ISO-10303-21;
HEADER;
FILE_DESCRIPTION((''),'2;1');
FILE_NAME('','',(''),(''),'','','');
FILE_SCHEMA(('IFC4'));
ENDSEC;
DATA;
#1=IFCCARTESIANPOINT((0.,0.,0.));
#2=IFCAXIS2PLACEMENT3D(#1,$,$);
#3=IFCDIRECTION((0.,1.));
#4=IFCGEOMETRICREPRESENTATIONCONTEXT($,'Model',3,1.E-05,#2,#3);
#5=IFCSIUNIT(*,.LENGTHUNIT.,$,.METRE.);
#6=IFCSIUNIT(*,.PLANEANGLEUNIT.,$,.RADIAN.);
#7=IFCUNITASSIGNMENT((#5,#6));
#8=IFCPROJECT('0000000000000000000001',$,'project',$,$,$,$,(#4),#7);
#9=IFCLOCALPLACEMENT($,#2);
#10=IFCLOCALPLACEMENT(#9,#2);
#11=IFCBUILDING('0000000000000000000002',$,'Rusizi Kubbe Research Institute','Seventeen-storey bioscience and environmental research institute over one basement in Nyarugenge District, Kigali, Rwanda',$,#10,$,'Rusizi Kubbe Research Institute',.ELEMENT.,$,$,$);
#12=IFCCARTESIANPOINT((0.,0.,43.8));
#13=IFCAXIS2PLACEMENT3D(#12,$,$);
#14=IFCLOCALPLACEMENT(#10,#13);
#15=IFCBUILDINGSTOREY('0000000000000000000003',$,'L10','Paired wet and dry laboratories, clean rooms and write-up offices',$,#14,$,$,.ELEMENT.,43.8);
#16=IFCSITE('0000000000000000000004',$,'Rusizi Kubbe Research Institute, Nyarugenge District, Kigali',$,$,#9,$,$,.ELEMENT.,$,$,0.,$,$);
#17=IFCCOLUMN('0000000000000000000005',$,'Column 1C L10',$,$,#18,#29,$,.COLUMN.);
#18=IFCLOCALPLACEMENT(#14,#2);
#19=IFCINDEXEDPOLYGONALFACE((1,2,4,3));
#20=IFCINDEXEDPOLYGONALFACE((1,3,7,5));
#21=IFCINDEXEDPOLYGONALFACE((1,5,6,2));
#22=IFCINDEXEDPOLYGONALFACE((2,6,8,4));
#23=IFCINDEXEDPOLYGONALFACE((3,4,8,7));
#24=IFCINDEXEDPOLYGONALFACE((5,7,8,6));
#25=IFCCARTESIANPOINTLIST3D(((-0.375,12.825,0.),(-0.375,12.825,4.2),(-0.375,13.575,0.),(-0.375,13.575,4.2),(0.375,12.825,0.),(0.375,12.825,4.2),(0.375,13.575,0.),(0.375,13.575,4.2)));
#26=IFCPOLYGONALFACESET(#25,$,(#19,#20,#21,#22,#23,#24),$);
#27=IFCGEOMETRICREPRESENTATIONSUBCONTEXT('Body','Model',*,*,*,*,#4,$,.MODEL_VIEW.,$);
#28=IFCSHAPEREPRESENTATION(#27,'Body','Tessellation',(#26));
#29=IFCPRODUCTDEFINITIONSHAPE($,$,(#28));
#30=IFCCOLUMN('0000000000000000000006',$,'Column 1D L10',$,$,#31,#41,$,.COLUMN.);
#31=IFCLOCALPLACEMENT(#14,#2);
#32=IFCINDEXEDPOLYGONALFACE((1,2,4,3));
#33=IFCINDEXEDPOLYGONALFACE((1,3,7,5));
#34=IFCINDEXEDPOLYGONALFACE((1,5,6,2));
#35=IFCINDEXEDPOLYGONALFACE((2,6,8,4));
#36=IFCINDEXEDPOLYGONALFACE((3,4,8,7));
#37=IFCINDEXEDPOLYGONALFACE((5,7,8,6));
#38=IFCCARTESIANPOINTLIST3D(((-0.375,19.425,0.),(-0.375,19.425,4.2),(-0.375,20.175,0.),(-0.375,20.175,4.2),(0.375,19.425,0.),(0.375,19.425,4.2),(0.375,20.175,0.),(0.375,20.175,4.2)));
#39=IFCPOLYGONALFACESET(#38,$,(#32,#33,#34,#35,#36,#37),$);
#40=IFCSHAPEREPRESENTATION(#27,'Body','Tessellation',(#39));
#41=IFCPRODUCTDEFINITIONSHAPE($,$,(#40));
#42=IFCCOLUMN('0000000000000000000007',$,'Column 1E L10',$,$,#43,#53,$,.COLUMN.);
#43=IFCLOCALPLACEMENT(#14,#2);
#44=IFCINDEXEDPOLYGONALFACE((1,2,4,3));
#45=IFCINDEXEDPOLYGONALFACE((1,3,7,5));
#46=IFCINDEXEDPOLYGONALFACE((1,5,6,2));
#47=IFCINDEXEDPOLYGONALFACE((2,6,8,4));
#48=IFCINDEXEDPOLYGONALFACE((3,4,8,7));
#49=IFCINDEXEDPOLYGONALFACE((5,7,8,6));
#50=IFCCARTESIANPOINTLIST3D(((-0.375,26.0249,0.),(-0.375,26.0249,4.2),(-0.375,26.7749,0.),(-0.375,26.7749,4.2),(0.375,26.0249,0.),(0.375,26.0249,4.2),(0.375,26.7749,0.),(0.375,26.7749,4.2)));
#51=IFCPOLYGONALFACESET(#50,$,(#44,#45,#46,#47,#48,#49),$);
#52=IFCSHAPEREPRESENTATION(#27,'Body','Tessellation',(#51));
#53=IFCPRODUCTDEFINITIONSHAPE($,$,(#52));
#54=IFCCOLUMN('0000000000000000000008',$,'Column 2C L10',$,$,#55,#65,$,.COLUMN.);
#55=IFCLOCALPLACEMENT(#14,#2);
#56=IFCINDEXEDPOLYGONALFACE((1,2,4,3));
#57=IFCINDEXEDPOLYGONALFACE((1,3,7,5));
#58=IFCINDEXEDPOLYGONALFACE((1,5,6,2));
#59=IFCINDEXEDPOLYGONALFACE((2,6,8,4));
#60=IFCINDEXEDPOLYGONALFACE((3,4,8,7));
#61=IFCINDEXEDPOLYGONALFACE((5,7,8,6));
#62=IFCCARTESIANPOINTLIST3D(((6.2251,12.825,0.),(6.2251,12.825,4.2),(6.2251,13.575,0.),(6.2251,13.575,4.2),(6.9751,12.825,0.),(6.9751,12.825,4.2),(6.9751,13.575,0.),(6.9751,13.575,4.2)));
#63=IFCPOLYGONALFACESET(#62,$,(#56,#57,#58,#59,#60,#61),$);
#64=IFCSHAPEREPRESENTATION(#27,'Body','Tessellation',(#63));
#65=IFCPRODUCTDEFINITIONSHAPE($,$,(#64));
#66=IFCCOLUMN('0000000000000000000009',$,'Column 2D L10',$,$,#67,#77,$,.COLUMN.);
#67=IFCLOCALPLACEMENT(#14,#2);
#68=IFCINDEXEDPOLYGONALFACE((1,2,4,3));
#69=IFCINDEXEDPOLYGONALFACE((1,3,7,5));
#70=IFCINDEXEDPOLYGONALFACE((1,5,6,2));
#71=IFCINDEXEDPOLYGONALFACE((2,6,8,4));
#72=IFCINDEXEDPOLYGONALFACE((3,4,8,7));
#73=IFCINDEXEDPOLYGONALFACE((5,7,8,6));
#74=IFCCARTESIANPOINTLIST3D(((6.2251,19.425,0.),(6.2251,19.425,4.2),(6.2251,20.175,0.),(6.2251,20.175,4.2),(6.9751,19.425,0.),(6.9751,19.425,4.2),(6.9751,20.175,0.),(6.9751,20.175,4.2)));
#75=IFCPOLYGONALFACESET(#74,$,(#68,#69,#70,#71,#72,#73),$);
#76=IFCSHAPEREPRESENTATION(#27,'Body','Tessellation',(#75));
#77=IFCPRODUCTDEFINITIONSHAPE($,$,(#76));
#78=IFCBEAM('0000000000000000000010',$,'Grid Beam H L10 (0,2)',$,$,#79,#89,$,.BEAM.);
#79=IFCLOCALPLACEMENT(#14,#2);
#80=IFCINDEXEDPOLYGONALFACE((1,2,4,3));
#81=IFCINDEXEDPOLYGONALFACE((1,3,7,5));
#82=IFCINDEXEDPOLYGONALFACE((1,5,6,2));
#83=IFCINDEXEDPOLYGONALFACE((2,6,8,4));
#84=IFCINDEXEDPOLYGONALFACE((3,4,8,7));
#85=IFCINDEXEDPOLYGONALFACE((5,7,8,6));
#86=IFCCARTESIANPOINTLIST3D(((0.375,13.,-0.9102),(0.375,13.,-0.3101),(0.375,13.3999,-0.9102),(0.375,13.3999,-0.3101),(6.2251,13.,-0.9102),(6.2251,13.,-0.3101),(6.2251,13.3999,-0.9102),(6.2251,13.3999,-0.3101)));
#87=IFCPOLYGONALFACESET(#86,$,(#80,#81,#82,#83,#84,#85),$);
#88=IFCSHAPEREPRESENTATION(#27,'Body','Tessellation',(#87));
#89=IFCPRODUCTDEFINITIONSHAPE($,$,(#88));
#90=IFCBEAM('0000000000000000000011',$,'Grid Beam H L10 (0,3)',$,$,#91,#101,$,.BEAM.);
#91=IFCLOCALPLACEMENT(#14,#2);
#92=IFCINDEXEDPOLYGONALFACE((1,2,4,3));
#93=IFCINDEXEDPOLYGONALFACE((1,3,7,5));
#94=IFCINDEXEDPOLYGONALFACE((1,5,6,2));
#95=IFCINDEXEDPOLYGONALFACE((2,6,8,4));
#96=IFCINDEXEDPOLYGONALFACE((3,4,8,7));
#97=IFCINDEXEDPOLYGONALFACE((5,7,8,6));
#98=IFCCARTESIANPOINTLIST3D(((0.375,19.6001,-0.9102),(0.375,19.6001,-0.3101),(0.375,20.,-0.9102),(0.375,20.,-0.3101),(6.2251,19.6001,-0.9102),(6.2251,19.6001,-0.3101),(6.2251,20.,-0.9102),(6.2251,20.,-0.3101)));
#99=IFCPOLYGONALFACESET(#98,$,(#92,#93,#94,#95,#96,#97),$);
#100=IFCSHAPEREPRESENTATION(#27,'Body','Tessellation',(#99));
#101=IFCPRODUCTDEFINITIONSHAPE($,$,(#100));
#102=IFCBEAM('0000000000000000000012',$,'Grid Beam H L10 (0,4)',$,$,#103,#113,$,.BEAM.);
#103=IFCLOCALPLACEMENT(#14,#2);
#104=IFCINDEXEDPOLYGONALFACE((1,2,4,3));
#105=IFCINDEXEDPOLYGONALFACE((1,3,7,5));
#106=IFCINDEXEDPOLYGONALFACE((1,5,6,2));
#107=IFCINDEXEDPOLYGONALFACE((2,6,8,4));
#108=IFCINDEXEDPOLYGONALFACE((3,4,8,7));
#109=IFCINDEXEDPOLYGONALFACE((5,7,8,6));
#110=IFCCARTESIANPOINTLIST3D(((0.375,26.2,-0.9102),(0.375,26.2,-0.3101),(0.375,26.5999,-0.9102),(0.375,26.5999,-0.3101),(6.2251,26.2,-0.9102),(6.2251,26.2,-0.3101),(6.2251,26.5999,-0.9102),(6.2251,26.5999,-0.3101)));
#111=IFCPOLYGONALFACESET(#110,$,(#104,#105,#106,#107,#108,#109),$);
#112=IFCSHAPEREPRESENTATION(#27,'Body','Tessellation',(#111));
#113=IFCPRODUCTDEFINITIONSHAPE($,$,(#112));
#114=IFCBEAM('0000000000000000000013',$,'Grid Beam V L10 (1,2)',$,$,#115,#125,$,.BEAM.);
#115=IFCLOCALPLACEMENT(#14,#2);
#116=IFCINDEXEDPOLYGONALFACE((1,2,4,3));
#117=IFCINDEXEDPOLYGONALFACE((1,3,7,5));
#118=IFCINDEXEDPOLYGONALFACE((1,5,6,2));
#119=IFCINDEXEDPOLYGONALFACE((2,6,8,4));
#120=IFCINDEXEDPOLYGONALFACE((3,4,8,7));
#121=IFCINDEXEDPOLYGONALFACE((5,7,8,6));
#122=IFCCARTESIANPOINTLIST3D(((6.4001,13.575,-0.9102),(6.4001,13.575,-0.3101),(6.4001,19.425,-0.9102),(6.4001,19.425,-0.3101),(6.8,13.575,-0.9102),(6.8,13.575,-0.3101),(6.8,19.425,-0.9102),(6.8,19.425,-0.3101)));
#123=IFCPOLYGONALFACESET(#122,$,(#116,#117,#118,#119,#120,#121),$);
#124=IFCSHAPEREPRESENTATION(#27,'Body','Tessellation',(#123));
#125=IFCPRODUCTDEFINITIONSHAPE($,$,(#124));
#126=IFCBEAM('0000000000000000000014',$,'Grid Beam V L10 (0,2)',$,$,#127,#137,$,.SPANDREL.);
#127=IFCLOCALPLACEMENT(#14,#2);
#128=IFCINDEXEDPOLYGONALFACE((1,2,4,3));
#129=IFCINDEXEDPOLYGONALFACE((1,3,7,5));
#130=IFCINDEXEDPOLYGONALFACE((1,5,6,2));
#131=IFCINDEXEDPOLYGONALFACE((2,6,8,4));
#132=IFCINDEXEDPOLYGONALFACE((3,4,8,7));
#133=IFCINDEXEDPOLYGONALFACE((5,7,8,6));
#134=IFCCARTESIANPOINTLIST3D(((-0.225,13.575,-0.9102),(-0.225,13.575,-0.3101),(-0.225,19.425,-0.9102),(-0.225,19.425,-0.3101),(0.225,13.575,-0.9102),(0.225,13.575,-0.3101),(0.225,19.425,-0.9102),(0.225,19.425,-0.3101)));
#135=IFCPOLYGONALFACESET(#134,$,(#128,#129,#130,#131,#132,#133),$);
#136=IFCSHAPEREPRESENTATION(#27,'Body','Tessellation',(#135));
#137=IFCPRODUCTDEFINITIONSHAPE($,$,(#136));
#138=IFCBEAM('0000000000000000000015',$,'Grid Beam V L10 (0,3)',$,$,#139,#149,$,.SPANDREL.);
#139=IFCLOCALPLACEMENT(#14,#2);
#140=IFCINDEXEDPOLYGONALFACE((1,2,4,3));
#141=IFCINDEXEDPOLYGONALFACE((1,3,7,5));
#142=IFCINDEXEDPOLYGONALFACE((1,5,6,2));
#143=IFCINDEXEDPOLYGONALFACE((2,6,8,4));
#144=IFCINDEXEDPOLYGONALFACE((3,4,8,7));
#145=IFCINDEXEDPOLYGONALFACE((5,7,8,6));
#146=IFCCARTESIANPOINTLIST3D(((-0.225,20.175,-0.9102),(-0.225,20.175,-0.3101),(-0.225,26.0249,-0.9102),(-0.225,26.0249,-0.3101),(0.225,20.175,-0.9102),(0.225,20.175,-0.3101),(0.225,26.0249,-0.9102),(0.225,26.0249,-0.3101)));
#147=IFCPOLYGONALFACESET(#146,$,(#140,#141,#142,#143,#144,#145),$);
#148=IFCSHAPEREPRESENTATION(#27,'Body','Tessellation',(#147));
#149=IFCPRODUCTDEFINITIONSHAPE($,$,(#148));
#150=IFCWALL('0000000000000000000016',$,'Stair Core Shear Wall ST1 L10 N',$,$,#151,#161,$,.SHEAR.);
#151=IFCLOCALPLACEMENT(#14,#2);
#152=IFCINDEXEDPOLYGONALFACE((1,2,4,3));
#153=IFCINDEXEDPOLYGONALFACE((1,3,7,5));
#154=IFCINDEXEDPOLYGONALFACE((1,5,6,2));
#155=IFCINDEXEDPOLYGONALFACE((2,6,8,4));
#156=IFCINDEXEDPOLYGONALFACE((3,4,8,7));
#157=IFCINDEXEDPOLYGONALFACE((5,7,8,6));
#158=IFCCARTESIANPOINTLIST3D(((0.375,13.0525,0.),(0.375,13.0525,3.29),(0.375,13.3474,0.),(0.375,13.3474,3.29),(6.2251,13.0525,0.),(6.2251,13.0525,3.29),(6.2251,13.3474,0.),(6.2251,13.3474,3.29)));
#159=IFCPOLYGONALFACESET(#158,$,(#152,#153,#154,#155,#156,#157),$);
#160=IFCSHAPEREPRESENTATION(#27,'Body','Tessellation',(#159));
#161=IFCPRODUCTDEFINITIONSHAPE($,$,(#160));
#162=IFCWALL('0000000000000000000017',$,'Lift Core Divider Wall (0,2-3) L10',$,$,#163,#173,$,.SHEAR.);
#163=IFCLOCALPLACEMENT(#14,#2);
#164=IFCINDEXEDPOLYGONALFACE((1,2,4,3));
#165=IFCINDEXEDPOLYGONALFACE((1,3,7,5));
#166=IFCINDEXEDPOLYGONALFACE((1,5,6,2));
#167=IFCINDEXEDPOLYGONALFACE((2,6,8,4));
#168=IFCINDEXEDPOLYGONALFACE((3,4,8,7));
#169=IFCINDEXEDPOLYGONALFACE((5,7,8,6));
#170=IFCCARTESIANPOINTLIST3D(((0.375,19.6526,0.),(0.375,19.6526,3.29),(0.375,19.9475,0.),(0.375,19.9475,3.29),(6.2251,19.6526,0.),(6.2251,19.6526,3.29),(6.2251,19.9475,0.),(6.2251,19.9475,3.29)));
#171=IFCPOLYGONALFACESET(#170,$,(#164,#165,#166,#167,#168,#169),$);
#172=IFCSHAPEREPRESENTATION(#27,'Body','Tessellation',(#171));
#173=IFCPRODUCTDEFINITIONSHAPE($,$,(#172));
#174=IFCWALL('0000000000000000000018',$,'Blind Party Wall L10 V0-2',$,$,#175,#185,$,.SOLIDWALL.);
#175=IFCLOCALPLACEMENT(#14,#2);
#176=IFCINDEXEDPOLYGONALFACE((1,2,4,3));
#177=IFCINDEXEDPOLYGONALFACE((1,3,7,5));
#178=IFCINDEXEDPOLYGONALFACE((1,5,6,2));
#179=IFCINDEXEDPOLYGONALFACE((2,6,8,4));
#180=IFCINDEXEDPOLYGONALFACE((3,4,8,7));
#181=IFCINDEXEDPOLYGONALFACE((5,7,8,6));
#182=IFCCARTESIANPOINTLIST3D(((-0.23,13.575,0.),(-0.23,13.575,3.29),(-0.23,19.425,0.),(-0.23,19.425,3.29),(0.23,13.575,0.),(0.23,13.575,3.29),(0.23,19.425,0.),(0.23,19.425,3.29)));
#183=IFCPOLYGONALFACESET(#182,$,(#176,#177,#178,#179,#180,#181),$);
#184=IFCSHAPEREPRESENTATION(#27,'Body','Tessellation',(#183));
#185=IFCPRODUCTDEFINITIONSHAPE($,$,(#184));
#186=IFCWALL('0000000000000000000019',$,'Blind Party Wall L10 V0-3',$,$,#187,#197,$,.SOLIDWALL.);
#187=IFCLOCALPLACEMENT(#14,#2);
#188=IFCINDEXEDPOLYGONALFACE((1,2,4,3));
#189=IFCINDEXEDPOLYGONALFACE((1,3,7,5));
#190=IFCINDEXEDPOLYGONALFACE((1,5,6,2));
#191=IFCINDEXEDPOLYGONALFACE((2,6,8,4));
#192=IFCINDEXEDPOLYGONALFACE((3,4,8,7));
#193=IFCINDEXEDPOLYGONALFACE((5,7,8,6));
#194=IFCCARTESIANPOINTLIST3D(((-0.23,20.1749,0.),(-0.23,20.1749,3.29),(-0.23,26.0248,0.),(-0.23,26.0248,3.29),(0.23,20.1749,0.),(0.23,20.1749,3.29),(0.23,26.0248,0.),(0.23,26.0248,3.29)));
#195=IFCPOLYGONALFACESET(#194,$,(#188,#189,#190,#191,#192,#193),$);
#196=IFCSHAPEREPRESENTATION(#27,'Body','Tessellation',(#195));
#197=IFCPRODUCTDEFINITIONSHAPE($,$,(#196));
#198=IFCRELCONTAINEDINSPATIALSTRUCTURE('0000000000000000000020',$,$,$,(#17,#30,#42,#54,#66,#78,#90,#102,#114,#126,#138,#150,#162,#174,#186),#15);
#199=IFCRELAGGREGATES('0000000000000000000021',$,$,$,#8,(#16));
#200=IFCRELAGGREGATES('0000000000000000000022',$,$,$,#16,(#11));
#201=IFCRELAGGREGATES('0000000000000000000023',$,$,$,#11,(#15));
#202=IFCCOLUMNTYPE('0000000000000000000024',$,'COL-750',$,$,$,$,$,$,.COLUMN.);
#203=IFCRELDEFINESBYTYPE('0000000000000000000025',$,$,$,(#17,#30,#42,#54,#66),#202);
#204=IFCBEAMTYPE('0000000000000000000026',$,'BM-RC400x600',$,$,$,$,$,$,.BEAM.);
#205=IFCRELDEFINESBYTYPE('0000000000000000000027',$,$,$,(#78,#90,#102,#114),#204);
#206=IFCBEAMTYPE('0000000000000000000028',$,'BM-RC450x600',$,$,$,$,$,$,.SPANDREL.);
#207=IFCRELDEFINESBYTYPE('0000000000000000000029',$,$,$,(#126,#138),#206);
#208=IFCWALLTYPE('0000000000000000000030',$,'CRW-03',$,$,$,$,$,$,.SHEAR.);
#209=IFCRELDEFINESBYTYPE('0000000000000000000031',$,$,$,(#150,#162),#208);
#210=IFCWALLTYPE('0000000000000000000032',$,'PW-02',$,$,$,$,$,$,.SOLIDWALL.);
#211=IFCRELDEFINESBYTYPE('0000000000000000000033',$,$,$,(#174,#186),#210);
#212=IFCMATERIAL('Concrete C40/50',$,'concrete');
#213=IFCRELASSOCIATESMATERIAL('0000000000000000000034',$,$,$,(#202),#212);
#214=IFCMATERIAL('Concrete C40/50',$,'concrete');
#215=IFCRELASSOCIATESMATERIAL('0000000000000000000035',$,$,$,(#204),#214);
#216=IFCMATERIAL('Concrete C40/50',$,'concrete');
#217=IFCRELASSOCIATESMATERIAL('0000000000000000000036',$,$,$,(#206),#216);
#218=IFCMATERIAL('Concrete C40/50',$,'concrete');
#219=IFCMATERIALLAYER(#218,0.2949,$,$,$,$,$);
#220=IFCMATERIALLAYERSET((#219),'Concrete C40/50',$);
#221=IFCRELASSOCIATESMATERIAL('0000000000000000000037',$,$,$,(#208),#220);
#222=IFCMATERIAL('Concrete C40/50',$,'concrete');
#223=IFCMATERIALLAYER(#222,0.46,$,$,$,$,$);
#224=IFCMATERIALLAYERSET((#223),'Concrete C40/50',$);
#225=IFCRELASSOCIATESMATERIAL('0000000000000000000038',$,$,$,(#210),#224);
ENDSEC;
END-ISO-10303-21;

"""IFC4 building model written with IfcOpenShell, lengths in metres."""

from ifc_helpers import new_model, si_unit, direction, frame, frame_2d, origin, origin_2d, place, context, subcontext, project, spatial, rectangle, extrude, material, layer, layer_set, material_profile, profile_set, type_object, element, save


model = new_model("IFC4")

# Units and contexts
model_context = context("Model", 3, precision=1e-05, world=origin(), true_north=direction((0.0, 1.0)))
body_context = subcontext(model_context, "Body", "Model", "MODEL_VIEW")
ifc_project = project(units=[si_unit("LENGTHUNIT", "METRE"), si_unit("PLANEANGLEUNIT", "RADIAN")], contexts=[model_context])

# Site, building, storey
site_placement = place(None, origin())
site = spatial("IfcSite", under=ifc_project, at=site_placement, Name="Rusizi Kubbe Research Institute, Nyarugenge District, Kigali", CompositionType="ELEMENT", RefElevation=0.0)
building_placement = place(site_placement, origin())
building = spatial("IfcBuilding", under=site, at=building_placement, Name="Rusizi Kubbe Research Institute", Description="Seventeen-storey bioscience and environmental research institute over one basement in Nyarugenge District, Kigali, Rwanda", LongName="Rusizi Kubbe Research Institute", CompositionType="ELEMENT")
storey_placement = place(building_placement, frame((0.0, 0.0, 43.8)))
storey = spatial("IfcBuildingStorey", under=building, at=storey_placement, Name="L10", Description="Paired wet and dry laboratories, clean rooms and write-up offices", CompositionType="ELEMENT", Elevation=43.8)

# Columns
ifc_material_1 = material(Name="Concrete C40/50", Category="concrete")
ifc_material_profile_1 = material_profile(ifc_material_1, rectangle(XDim=0.75, YDim=0.75, at=origin_2d()), Name="RC750x750")
ifc_profile_set_1 = profile_set([ifc_material_profile_1], Name="Concrete C40/50")
column_type = type_object("IfcColumnType", Name="COL-750", PredefinedType="COLUMN", material=ifc_profile_set_1)
for number, where, z_axis, x_axis, name in (
    (1, (0.0, 13.2, 0.0), (0.0, 0.0, 1.0), (1.0, 0.0, 0.0), "Column 1C L10"),
    (2, (0.0, 19.8, 0.0), (0.0, 0.0, 1.0), (1.0, 0.0, 0.0), "Column 1D L10"),
    (3, (0.0, 26.3999, 0.0), (0.0, 0.0, 1.0), (1.0, 0.0, 0.0), "Column 1E L10"),
    (4, (6.6001, 13.2, 0.0), (0.0, 0.0, 1.0), (1.0, 0.0, 0.0), "Column 2C L10"),
    (5, (6.6001, 19.8, 0.0), (0.0, 0.0, 1.0), (1.0, 0.0, 0.0), "Column 2D L10"),
):
    element("IfcColumn", number, at=place(storey_placement, frame(where, z_axis=z_axis, x_axis=x_axis)), inside=storey, type_object=column_type, Name=name, PredefinedType="COLUMN", context=body_context, shape_type="SweptSolid", body=[
        extrude(rectangle(XDim=0.75, YDim=0.75, at=origin_2d()), origin(), (0.0, 0.0, 1.0), 4.2),
    ])

# Beams
ifc_material_2 = material(Name="Concrete C40/50", Category="concrete")
ifc_material_profile_2 = material_profile(ifc_material_2, rectangle(XDim=0.3999, YDim=0.6001, at=origin_2d()), Name="RC400x600")
ifc_profile_set_2 = profile_set([ifc_material_profile_2], Name="Concrete C40/50")
beam_type_1 = type_object("IfcBeamType", Name="BM-RC400x600", PredefinedType="BEAM", material=ifc_profile_set_2)
for number, where, z_axis, x_axis, name in (
    (6, (0.375, 13.2, -0.6101), (1.0, 0.0, 0.0), (0.0, 1.0, 0.0), "Grid Beam H L10 (0,2)"),
    (7, (0.375, 19.8, -0.6101), (1.0, 0.0, 0.0), (0.0, 1.0, 0.0), "Grid Beam H L10 (0,3)"),
    (8, (0.375, 26.3999, -0.6101), (1.0, 0.0, 0.0), (0.0, 1.0, 0.0), "Grid Beam H L10 (0,4)"),
    (9, (6.6001, 13.575, -0.6101), (0.0, 1.0, 0.0), (-1.0, 0.0, 0.0), "Grid Beam V L10 (1,2)"),
):
    element("IfcBeam", number, at=place(storey_placement, frame(where, z_axis=z_axis, x_axis=x_axis)), inside=storey, type_object=beam_type_1, Name=name, PredefinedType="BEAM", context=body_context, shape_type="SweptSolid", body=[
        extrude(rectangle(XDim=0.3999, YDim=0.6001, at=origin_2d()), origin(), (0.0, 0.0, 1.0), 5.8501),
    ])
ifc_material_3 = material(Name="Concrete C40/50", Category="concrete")
ifc_material_profile_3 = material_profile(ifc_material_3, rectangle(XDim=0.45, YDim=0.6001, at=origin_2d()), Name="RC450x600")
ifc_profile_set_3 = profile_set([ifc_material_profile_3], Name="Concrete C40/50")
beam_type_2 = type_object("IfcBeamType", Name="BM-RC450x600", PredefinedType="SPANDREL", material=ifc_profile_set_3)
beam_1_placement = place(storey_placement, frame((0.0, 13.575, -0.6101), z_axis=(0.0, 1.0, 0.0), x_axis=(-1.0, 0.0, 0.0)))
element("IfcBeam", 10, at=beam_1_placement, inside=storey, type_object=beam_type_2, Name="Grid Beam V L10 (0,2)", PredefinedType="SPANDREL", context=body_context, shape_type="SweptSolid", body=[
    extrude(rectangle(XDim=0.45, YDim=0.6001, at=origin_2d()), origin(), (0.0, 0.0, 1.0), 5.8501),
])
beam_2_placement = place(storey_placement, frame((0.0, 20.175, -0.6101), z_axis=(0.0, 1.0, 0.0), x_axis=(-1.0, 0.0, 0.0)))
element("IfcBeam", 11, at=beam_2_placement, inside=storey, type_object=beam_type_2, Name="Grid Beam V L10 (0,3)", PredefinedType="SPANDREL", context=body_context, shape_type="SweptSolid", body=[
    extrude(rectangle(XDim=0.45, YDim=0.6001, at=origin_2d()), origin(), (0.0, 0.0, 1.0), 5.8499),
])

# Walls
ifc_material_4 = material(Name="Concrete C40/50", Category="concrete")
ifc_layer_1 = layer(ifc_material_4, 0.2949)
ifc_layer_set_1 = layer_set([ifc_layer_1], Name="Concrete C40/50")
wall_type_1 = type_object("IfcWallType", Name="CRW-03", PredefinedType="SHEAR", material=ifc_layer_set_1)
for number, where, z_axis, x_axis, name in (
    (12, (0.375, 13.2, 0.0), (0.0, 0.0, 1.0), (1.0, 0.0, 0.0), "Stair Core Shear Wall ST1 L10 N"),
    (13, (0.375, 19.8, 0.0), (0.0, 0.0, 1.0), (1.0, 0.0, 0.0), "Lift Core Divider Wall (0,2-3) L10"),
):
    element("IfcWall", number, at=place(storey_placement, frame(where, z_axis=z_axis, x_axis=x_axis)), inside=storey, type_object=wall_type_1, Name=name, PredefinedType="SHEAR", context=body_context, shape_type="SweptSolid", body=[
        extrude(rectangle(XDim=5.8501, YDim=0.2949, at=frame_2d((2.925, 0.0))), origin(), (0.0, 0.0, 1.0), 3.29),
    ])

# Walls
ifc_material_5 = material(Name="Concrete C40/50", Category="concrete")
ifc_layer_2 = layer(ifc_material_5, 0.46)
ifc_layer_set_2 = layer_set([ifc_layer_2], Name="Concrete C40/50")
wall_type_2 = type_object("IfcWallType", Name="PW-02", PredefinedType="SOLIDWALL", material=ifc_layer_set_2)
wall_1_placement = place(storey_placement, frame((0.0, 13.575, 0.0), z_axis=(0.0, 0.0, 1.0), x_axis=(0.0, 1.0, 0.0)))
element("IfcWall", 14, at=wall_1_placement, inside=storey, type_object=wall_type_2, Name="Blind Party Wall L10 V0-2", PredefinedType="SOLIDWALL", context=body_context, shape_type="SweptSolid", body=[
    extrude(rectangle(XDim=5.8501, YDim=0.46, at=frame_2d((2.925, 0.0))), origin(), (0.0, 0.0, 1.0), 3.29),
])
wall_2_placement = place(storey_placement, frame((0.0, 20.175, 0.0), z_axis=(0.0, 0.0, 1.0), x_axis=(0.0, 1.0, 0.0)))
element("IfcWall", 15, at=wall_2_placement, inside=storey, type_object=wall_type_2, Name="Blind Party Wall L10 V0-3", PredefinedType="SOLIDWALL", context=body_context, shape_type="SweptSolid", body=[
    extrude(rectangle(XDim=5.8499, YDim=0.46, at=frame_2d((2.9248, 0.0))), origin(), (0.0, 0.0, 1.0), 3.29),
])

save(model, "model.ifc")
